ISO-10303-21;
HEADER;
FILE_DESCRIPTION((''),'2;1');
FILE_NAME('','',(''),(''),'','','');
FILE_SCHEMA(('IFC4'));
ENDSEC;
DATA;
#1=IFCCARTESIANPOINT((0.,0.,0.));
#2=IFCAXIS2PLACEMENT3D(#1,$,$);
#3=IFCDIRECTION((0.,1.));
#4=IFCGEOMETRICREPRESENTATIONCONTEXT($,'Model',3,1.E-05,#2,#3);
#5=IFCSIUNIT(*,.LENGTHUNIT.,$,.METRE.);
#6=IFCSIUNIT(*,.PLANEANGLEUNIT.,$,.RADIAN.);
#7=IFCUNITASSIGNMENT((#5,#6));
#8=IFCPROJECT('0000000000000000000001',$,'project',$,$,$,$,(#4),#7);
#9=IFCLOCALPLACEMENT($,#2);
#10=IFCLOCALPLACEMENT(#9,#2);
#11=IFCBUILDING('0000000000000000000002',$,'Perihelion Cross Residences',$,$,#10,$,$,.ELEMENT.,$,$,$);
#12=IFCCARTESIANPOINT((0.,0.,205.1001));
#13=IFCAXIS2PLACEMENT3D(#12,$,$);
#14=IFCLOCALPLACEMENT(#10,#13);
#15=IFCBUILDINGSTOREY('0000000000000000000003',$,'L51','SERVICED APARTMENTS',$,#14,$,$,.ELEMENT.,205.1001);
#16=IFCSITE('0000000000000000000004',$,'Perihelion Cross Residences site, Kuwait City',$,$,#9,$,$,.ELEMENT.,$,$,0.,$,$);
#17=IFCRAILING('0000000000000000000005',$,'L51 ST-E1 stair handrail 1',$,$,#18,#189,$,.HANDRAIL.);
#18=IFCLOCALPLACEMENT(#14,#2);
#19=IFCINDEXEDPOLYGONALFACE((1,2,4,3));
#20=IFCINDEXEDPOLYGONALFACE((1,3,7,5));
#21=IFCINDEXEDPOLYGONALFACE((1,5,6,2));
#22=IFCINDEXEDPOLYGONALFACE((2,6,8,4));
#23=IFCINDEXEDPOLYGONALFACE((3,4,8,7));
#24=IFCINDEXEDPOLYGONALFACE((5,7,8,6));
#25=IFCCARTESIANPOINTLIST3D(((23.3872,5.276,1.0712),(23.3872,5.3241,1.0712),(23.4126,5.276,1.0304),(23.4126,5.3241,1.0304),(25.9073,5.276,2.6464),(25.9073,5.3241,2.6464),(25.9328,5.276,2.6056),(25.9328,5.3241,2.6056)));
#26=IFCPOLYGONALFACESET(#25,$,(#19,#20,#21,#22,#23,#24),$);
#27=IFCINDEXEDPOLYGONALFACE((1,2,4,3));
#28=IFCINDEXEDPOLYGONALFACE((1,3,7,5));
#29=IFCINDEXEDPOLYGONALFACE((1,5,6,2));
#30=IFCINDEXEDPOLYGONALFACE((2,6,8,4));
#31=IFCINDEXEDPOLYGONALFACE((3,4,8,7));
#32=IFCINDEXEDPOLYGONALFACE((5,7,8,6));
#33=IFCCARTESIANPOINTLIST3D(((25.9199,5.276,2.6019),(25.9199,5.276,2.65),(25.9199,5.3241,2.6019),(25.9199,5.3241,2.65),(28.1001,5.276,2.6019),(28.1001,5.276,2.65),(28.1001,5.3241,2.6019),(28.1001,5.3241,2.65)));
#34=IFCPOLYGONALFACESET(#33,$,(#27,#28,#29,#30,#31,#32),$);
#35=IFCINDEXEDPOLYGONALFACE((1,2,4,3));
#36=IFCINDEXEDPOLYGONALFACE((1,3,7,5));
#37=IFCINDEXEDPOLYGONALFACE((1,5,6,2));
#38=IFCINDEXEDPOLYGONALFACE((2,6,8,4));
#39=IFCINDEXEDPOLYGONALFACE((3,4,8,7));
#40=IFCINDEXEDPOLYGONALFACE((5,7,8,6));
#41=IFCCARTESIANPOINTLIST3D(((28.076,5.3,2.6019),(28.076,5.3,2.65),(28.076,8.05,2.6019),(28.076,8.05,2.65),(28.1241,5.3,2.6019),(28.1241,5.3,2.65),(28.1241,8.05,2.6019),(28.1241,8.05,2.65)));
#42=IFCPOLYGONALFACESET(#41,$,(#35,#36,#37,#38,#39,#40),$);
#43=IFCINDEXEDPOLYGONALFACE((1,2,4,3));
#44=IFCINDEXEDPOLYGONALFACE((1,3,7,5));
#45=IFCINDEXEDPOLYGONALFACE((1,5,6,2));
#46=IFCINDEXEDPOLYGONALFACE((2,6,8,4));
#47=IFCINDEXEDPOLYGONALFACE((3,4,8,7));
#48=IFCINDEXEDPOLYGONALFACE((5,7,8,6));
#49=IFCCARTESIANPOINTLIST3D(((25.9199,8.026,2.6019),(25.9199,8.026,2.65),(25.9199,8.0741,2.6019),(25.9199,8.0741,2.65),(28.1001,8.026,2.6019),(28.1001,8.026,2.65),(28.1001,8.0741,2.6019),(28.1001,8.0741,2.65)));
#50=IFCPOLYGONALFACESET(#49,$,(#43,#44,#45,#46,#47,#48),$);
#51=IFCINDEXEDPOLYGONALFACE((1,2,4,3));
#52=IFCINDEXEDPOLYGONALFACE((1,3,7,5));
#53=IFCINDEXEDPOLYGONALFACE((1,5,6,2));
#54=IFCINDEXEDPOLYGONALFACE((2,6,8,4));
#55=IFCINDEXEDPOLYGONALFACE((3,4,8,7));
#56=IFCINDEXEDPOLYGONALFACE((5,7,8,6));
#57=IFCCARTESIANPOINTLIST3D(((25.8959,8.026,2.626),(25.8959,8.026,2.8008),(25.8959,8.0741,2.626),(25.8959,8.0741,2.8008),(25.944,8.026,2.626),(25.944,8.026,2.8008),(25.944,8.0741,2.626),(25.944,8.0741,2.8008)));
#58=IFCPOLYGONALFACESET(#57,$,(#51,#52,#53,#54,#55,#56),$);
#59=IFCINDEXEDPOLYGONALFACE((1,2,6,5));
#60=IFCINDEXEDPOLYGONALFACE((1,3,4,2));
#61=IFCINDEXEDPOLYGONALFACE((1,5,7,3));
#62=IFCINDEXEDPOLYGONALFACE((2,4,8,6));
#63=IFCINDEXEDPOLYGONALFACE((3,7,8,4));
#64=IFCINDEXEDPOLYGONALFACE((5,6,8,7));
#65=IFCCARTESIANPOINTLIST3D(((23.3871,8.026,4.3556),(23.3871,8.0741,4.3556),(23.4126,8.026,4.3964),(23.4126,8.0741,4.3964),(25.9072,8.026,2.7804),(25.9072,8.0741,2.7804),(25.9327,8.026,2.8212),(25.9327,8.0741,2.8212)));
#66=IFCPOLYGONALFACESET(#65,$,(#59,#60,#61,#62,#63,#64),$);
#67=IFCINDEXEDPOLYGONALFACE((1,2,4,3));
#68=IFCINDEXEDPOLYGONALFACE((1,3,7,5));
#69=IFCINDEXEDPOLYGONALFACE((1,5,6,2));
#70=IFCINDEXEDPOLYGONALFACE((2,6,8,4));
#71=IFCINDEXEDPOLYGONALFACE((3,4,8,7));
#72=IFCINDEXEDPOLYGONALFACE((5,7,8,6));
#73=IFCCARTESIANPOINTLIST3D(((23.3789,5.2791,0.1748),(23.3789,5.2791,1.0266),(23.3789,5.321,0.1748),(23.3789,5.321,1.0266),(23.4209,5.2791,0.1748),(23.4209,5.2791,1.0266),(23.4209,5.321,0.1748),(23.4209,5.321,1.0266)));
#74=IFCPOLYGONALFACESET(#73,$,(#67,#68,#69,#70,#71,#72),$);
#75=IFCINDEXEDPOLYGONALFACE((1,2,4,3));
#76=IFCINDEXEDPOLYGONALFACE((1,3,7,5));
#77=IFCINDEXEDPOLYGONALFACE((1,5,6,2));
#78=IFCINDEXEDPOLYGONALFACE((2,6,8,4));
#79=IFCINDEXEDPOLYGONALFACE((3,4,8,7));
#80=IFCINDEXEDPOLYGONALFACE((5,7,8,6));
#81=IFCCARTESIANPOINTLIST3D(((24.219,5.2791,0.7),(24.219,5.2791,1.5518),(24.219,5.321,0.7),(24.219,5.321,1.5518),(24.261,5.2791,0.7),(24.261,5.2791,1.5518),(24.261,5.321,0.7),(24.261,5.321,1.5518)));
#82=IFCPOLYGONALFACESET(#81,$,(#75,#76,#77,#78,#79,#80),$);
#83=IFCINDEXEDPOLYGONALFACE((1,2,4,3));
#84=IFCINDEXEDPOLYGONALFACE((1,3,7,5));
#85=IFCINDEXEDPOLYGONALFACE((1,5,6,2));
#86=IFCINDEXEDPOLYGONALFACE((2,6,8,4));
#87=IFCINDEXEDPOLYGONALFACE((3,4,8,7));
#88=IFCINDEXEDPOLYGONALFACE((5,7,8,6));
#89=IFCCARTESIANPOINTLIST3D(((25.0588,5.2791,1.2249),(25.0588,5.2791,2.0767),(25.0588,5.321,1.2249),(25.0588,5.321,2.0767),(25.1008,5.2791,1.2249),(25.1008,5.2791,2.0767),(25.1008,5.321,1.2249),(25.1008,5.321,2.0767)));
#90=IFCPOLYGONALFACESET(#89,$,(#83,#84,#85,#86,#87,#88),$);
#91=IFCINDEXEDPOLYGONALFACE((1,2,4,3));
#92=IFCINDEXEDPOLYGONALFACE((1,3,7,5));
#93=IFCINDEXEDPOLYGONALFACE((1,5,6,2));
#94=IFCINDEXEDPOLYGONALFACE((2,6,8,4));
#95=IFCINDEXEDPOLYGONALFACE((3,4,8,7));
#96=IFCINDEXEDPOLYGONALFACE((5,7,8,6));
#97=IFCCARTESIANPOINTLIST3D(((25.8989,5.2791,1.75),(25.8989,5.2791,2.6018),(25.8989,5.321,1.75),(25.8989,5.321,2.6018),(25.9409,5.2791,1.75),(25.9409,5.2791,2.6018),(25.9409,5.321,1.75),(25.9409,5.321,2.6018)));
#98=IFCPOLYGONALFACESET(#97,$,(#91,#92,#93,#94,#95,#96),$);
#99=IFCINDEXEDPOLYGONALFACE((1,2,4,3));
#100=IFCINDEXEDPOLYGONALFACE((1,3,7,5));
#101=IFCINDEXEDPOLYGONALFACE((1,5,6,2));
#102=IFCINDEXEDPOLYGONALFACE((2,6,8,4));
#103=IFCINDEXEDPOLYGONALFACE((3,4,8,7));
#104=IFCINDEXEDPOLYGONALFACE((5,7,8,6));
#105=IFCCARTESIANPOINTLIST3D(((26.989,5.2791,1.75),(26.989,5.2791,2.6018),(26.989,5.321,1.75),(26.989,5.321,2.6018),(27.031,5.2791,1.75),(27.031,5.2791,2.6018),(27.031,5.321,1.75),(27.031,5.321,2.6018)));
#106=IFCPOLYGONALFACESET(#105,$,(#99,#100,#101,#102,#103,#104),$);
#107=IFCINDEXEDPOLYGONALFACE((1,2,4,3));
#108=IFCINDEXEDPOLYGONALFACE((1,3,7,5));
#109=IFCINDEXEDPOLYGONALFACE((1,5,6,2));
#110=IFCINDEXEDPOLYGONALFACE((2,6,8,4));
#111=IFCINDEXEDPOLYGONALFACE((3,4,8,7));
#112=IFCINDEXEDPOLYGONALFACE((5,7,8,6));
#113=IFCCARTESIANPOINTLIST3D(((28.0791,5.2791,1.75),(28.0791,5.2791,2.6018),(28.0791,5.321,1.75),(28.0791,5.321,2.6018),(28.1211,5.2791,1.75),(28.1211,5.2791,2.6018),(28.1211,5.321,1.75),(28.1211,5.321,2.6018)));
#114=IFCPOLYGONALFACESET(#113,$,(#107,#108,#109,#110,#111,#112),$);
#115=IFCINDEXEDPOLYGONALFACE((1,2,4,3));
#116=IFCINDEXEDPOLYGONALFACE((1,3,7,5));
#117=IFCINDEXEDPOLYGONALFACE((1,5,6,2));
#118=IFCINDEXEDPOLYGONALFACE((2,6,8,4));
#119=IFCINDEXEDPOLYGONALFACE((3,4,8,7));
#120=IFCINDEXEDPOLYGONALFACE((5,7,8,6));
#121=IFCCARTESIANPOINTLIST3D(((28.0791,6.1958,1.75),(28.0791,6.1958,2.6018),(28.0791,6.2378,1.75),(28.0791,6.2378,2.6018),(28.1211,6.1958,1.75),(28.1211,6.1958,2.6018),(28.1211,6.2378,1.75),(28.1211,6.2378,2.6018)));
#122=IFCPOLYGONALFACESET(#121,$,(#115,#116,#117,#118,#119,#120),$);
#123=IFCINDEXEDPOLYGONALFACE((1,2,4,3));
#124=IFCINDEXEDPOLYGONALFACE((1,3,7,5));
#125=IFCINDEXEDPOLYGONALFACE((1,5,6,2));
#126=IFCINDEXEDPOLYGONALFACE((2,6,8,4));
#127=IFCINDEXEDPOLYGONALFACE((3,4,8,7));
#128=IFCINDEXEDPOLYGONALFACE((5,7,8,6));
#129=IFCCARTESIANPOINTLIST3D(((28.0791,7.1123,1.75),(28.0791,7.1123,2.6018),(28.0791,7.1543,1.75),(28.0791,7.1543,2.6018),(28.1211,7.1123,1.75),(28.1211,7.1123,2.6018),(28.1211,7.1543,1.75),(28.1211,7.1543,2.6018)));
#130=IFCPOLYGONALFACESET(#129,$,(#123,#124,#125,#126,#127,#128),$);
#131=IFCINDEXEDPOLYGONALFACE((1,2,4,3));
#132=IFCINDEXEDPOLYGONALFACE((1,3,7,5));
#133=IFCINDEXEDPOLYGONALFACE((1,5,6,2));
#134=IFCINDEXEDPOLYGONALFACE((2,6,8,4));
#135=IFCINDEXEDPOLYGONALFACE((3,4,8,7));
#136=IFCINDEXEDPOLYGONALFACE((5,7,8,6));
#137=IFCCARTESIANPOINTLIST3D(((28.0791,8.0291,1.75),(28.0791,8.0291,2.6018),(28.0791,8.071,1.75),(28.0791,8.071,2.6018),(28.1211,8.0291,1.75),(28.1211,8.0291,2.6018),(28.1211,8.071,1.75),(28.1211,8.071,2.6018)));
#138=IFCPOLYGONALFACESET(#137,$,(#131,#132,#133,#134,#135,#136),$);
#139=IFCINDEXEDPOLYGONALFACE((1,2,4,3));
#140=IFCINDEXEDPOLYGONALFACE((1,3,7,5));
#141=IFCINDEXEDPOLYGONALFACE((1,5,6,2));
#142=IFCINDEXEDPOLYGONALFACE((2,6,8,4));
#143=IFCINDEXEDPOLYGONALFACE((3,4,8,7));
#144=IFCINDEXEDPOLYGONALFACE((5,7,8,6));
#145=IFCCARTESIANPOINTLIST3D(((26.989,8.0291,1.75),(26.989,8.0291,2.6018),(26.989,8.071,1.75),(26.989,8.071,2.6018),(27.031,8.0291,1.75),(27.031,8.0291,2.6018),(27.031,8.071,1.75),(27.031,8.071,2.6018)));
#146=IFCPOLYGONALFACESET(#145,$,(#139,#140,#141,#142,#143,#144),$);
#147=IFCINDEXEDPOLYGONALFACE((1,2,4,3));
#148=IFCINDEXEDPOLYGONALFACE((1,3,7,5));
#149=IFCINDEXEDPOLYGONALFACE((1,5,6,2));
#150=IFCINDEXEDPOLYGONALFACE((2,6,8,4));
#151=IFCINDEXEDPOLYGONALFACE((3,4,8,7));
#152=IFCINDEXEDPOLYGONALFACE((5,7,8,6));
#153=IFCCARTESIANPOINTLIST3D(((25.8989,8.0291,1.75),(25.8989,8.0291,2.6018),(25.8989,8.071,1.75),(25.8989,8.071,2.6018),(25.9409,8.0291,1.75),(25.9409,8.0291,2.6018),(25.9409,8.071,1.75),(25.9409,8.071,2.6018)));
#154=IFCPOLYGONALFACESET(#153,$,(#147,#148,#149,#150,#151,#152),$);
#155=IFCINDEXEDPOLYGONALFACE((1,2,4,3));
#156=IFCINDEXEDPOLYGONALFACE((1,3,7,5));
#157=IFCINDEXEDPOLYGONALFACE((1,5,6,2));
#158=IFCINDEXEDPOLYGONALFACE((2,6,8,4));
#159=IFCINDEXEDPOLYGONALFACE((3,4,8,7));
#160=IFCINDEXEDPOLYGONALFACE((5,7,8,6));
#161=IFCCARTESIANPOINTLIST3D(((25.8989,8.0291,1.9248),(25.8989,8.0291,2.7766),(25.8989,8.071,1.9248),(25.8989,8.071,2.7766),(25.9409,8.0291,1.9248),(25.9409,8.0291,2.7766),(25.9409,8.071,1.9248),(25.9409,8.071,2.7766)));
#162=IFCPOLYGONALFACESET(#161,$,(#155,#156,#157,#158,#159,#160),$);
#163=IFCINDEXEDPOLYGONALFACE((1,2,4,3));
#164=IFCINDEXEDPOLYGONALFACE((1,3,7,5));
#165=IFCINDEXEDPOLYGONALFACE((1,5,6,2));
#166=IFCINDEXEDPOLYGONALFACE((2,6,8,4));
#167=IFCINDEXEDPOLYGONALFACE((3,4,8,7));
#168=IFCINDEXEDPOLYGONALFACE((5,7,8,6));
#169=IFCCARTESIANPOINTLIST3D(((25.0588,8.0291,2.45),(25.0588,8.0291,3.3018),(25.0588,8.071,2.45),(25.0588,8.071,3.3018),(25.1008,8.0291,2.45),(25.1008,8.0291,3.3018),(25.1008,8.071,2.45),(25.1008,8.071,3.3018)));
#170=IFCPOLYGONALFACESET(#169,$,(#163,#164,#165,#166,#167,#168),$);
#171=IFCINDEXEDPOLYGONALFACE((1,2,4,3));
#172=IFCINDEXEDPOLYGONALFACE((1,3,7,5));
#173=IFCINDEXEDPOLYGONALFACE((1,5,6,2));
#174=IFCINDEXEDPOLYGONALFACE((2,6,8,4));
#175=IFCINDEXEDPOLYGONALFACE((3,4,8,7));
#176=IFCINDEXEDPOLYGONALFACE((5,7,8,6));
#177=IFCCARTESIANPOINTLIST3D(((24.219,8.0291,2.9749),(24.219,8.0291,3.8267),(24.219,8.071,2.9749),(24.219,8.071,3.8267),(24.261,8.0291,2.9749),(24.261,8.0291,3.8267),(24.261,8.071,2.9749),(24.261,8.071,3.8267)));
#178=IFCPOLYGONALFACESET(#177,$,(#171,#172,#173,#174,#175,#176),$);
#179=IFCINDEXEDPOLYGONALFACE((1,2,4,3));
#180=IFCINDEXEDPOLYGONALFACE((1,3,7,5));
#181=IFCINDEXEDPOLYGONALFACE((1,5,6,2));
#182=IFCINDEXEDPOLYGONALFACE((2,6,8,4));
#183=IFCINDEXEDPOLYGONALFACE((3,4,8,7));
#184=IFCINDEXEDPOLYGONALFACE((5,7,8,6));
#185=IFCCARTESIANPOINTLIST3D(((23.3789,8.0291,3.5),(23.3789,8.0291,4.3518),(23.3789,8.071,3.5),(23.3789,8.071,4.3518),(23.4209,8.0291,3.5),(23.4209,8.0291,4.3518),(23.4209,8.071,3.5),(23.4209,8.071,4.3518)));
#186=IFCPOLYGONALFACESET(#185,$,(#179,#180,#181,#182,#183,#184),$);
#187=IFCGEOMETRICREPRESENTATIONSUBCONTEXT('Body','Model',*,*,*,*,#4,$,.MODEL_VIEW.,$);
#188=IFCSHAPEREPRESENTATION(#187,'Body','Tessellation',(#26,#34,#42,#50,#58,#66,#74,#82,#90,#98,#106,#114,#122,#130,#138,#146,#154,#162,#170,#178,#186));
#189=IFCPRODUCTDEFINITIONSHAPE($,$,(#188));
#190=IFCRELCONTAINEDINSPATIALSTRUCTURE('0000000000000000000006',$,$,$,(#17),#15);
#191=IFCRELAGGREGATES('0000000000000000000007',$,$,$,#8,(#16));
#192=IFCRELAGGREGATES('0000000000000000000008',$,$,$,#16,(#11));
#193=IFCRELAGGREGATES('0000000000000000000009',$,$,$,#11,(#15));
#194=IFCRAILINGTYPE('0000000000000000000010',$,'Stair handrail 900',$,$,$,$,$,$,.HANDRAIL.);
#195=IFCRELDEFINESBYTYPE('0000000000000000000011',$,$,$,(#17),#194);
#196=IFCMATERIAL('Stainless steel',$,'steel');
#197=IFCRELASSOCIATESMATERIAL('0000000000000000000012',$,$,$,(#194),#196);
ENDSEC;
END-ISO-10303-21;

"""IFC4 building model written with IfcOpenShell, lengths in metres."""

from ifc_helpers import new_model, si_unit, direction, frame, origin, origin_2d, place, context, subcontext, project, spatial, rectangle, extrude, material, type_object, element, save


model = new_model("IFC4")

# Units and contexts
model_context = context("Model", 3, precision=1e-05, world=origin(), true_north=direction((0.0, 1.0)))
body_context = subcontext(model_context, "Body", "Model", "MODEL_VIEW")
ifc_project = project(units=[si_unit("LENGTHUNIT", "METRE"), si_unit("PLANEANGLEUNIT", "RADIAN")], contexts=[model_context])

# Site, building, storey
site_placement = place(None, origin())
site = spatial("IfcSite", under=ifc_project, at=site_placement, Name="Perihelion Cross Residences site, Kuwait City", CompositionType="ELEMENT", RefElevation=0.0)
building_placement = place(site_placement, origin())
building = spatial("IfcBuilding", under=site, at=building_placement, Name="Perihelion Cross Residences", CompositionType="ELEMENT")
storey_placement = place(building_placement, frame((0.0, 0.0, 205.1001)))
storey = spatial("IfcBuildingStorey", under=building, at=storey_placement, Name="L51", Description="SERVICED APARTMENTS", CompositionType="ELEMENT", Elevation=205.1001)

# Railing
ifc_material_1 = material(Name="Stainless steel", Category="steel")
railing_type_1 = type_object("IfcRailingType", Name="Stair handrail 900", PredefinedType="HANDRAIL", material=ifc_material_1)
railing_1_placement = place(storey_placement, frame((23.3999, 5.3, 0.1748)))
element("IfcRailing", 1, at=railing_1_placement, inside=storey, type_object=railing_type_1, Name="L51 ST-E1 stair handrail 1", PredefinedType="HANDRAIL", context=body_context, shape_type="SweptSolid", body=[
    extrude(rectangle(XDim=0.0481, YDim=0.0481, at=origin_2d()), frame((0.0, 0.0, 0.876), z_axis=(0.847971, 0.0, 0.530043), x_axis=(0.0, 1.0, 0.0)), (0.0, 0.0, 1.0), 2.9719),
    extrude(rectangle(XDim=0.0481, YDim=0.0481, at=origin_2d()), frame((2.52, 0.0, 2.4512), z_axis=(1.0, 0.0, 0.0), x_axis=(0.0, 1.0, 0.0)), (0.0, 0.0, 1.0), 2.1802),
    extrude(rectangle(XDim=0.0481, YDim=0.0481, at=origin_2d()), frame((4.7002, 0.0, 2.4512), z_axis=(0.0, 1.0, 0.0), x_axis=(-1.0, 0.0, 0.0)), (0.0, 0.0, 1.0), 2.75),
    extrude(rectangle(XDim=0.0481, YDim=0.0481, at=origin_2d()), frame((4.7002, 2.75, 2.4512), z_axis=(-1.0, 0.0, 0.0), x_axis=(0.0, -1.0, 0.0)), (0.0, 0.0, 1.0), 2.1802),
    extrude(rectangle(XDim=0.0481, YDim=0.0481, at=origin_2d()), frame((2.52, 2.75, 2.4512), z_axis=(0.0, 0.0, 1.0), x_axis=(1.0, 0.0, 0.0)), (0.0, 0.0, 1.0), 0.1748),
    extrude(rectangle(XDim=0.0481, YDim=0.0481, at=origin_2d()), frame((2.52, 2.75, 2.626), z_axis=(-0.847971, 0.0, 0.530043), x_axis=(0.0, -1.0, 0.0)), (0.0, 0.0, 1.0), 2.9719),
    extrude(rectangle(XDim=0.042, YDim=0.042, at=origin_2d()), origin(), (0.0, 0.0, 1.0), 0.8518),
    extrude(rectangle(XDim=0.042, YDim=0.042, at=origin_2d()), frame((0.8401, 0.0, 0.5251)), (0.0, 0.0, 1.0), 0.8518),
    extrude(rectangle(XDim=0.042, YDim=0.042, at=origin_2d()), frame((1.6799, 0.0, 1.05)), (0.0, 0.0, 1.0), 0.8518),
    extrude(rectangle(XDim=0.042, YDim=0.042, at=origin_2d()), frame((2.52, 0.0, 1.5752)), (0.0, 0.0, 1.0), 0.8518),
    extrude(rectangle(XDim=0.042, YDim=0.042, at=origin_2d()), frame((3.6101, 0.0, 1.5752)), (0.0, 0.0, 1.0), 0.8518),
    extrude(rectangle(XDim=0.042, YDim=0.042, at=origin_2d()), frame((4.7002, 0.0, 1.5752)), (0.0, 0.0, 1.0), 0.8518),
    extrude(rectangle(XDim=0.042, YDim=0.042, at=origin_2d()), frame((4.7002, 0.9167, 1.5752)), (0.0, 0.0, 1.0), 0.8518),
    extrude(rectangle(XDim=0.042, YDim=0.042, at=origin_2d()), frame((4.7002, 1.8333, 1.5752)), (0.0, 0.0, 1.0), 0.8518),
    extrude(rectangle(XDim=0.042, YDim=0.042, at=origin_2d()), frame((4.7002, 2.75, 1.5752)), (0.0, 0.0, 1.0), 0.8518),
    extrude(rectangle(XDim=0.042, YDim=0.042, at=origin_2d()), frame((3.6101, 2.75, 1.5752)), (0.0, 0.0, 1.0), 0.8518),
    extrude(rectangle(XDim=0.042, YDim=0.042, at=origin_2d()), frame((2.52, 2.75, 1.5752)), (0.0, 0.0, 1.0), 0.8518),
    extrude(rectangle(XDim=0.042, YDim=0.042, at=origin_2d()), frame((2.52, 2.75, 1.75)), (0.0, 0.0, 1.0), 0.8518),
    extrude(rectangle(XDim=0.042, YDim=0.042, at=origin_2d()), frame((1.6799, 2.75, 2.2751)), (0.0, 0.0, 1.0), 0.8518),
    extrude(rectangle(XDim=0.042, YDim=0.042, at=origin_2d()), frame((0.8401, 2.75, 2.8)), (0.0, 0.0, 1.0), 0.8518),
    extrude(rectangle(XDim=0.042, YDim=0.042, at=origin_2d()), frame((0.0, 2.75, 3.3252)), (0.0, 0.0, 1.0), 0.8518),
])

save(model, "model.ifc")
